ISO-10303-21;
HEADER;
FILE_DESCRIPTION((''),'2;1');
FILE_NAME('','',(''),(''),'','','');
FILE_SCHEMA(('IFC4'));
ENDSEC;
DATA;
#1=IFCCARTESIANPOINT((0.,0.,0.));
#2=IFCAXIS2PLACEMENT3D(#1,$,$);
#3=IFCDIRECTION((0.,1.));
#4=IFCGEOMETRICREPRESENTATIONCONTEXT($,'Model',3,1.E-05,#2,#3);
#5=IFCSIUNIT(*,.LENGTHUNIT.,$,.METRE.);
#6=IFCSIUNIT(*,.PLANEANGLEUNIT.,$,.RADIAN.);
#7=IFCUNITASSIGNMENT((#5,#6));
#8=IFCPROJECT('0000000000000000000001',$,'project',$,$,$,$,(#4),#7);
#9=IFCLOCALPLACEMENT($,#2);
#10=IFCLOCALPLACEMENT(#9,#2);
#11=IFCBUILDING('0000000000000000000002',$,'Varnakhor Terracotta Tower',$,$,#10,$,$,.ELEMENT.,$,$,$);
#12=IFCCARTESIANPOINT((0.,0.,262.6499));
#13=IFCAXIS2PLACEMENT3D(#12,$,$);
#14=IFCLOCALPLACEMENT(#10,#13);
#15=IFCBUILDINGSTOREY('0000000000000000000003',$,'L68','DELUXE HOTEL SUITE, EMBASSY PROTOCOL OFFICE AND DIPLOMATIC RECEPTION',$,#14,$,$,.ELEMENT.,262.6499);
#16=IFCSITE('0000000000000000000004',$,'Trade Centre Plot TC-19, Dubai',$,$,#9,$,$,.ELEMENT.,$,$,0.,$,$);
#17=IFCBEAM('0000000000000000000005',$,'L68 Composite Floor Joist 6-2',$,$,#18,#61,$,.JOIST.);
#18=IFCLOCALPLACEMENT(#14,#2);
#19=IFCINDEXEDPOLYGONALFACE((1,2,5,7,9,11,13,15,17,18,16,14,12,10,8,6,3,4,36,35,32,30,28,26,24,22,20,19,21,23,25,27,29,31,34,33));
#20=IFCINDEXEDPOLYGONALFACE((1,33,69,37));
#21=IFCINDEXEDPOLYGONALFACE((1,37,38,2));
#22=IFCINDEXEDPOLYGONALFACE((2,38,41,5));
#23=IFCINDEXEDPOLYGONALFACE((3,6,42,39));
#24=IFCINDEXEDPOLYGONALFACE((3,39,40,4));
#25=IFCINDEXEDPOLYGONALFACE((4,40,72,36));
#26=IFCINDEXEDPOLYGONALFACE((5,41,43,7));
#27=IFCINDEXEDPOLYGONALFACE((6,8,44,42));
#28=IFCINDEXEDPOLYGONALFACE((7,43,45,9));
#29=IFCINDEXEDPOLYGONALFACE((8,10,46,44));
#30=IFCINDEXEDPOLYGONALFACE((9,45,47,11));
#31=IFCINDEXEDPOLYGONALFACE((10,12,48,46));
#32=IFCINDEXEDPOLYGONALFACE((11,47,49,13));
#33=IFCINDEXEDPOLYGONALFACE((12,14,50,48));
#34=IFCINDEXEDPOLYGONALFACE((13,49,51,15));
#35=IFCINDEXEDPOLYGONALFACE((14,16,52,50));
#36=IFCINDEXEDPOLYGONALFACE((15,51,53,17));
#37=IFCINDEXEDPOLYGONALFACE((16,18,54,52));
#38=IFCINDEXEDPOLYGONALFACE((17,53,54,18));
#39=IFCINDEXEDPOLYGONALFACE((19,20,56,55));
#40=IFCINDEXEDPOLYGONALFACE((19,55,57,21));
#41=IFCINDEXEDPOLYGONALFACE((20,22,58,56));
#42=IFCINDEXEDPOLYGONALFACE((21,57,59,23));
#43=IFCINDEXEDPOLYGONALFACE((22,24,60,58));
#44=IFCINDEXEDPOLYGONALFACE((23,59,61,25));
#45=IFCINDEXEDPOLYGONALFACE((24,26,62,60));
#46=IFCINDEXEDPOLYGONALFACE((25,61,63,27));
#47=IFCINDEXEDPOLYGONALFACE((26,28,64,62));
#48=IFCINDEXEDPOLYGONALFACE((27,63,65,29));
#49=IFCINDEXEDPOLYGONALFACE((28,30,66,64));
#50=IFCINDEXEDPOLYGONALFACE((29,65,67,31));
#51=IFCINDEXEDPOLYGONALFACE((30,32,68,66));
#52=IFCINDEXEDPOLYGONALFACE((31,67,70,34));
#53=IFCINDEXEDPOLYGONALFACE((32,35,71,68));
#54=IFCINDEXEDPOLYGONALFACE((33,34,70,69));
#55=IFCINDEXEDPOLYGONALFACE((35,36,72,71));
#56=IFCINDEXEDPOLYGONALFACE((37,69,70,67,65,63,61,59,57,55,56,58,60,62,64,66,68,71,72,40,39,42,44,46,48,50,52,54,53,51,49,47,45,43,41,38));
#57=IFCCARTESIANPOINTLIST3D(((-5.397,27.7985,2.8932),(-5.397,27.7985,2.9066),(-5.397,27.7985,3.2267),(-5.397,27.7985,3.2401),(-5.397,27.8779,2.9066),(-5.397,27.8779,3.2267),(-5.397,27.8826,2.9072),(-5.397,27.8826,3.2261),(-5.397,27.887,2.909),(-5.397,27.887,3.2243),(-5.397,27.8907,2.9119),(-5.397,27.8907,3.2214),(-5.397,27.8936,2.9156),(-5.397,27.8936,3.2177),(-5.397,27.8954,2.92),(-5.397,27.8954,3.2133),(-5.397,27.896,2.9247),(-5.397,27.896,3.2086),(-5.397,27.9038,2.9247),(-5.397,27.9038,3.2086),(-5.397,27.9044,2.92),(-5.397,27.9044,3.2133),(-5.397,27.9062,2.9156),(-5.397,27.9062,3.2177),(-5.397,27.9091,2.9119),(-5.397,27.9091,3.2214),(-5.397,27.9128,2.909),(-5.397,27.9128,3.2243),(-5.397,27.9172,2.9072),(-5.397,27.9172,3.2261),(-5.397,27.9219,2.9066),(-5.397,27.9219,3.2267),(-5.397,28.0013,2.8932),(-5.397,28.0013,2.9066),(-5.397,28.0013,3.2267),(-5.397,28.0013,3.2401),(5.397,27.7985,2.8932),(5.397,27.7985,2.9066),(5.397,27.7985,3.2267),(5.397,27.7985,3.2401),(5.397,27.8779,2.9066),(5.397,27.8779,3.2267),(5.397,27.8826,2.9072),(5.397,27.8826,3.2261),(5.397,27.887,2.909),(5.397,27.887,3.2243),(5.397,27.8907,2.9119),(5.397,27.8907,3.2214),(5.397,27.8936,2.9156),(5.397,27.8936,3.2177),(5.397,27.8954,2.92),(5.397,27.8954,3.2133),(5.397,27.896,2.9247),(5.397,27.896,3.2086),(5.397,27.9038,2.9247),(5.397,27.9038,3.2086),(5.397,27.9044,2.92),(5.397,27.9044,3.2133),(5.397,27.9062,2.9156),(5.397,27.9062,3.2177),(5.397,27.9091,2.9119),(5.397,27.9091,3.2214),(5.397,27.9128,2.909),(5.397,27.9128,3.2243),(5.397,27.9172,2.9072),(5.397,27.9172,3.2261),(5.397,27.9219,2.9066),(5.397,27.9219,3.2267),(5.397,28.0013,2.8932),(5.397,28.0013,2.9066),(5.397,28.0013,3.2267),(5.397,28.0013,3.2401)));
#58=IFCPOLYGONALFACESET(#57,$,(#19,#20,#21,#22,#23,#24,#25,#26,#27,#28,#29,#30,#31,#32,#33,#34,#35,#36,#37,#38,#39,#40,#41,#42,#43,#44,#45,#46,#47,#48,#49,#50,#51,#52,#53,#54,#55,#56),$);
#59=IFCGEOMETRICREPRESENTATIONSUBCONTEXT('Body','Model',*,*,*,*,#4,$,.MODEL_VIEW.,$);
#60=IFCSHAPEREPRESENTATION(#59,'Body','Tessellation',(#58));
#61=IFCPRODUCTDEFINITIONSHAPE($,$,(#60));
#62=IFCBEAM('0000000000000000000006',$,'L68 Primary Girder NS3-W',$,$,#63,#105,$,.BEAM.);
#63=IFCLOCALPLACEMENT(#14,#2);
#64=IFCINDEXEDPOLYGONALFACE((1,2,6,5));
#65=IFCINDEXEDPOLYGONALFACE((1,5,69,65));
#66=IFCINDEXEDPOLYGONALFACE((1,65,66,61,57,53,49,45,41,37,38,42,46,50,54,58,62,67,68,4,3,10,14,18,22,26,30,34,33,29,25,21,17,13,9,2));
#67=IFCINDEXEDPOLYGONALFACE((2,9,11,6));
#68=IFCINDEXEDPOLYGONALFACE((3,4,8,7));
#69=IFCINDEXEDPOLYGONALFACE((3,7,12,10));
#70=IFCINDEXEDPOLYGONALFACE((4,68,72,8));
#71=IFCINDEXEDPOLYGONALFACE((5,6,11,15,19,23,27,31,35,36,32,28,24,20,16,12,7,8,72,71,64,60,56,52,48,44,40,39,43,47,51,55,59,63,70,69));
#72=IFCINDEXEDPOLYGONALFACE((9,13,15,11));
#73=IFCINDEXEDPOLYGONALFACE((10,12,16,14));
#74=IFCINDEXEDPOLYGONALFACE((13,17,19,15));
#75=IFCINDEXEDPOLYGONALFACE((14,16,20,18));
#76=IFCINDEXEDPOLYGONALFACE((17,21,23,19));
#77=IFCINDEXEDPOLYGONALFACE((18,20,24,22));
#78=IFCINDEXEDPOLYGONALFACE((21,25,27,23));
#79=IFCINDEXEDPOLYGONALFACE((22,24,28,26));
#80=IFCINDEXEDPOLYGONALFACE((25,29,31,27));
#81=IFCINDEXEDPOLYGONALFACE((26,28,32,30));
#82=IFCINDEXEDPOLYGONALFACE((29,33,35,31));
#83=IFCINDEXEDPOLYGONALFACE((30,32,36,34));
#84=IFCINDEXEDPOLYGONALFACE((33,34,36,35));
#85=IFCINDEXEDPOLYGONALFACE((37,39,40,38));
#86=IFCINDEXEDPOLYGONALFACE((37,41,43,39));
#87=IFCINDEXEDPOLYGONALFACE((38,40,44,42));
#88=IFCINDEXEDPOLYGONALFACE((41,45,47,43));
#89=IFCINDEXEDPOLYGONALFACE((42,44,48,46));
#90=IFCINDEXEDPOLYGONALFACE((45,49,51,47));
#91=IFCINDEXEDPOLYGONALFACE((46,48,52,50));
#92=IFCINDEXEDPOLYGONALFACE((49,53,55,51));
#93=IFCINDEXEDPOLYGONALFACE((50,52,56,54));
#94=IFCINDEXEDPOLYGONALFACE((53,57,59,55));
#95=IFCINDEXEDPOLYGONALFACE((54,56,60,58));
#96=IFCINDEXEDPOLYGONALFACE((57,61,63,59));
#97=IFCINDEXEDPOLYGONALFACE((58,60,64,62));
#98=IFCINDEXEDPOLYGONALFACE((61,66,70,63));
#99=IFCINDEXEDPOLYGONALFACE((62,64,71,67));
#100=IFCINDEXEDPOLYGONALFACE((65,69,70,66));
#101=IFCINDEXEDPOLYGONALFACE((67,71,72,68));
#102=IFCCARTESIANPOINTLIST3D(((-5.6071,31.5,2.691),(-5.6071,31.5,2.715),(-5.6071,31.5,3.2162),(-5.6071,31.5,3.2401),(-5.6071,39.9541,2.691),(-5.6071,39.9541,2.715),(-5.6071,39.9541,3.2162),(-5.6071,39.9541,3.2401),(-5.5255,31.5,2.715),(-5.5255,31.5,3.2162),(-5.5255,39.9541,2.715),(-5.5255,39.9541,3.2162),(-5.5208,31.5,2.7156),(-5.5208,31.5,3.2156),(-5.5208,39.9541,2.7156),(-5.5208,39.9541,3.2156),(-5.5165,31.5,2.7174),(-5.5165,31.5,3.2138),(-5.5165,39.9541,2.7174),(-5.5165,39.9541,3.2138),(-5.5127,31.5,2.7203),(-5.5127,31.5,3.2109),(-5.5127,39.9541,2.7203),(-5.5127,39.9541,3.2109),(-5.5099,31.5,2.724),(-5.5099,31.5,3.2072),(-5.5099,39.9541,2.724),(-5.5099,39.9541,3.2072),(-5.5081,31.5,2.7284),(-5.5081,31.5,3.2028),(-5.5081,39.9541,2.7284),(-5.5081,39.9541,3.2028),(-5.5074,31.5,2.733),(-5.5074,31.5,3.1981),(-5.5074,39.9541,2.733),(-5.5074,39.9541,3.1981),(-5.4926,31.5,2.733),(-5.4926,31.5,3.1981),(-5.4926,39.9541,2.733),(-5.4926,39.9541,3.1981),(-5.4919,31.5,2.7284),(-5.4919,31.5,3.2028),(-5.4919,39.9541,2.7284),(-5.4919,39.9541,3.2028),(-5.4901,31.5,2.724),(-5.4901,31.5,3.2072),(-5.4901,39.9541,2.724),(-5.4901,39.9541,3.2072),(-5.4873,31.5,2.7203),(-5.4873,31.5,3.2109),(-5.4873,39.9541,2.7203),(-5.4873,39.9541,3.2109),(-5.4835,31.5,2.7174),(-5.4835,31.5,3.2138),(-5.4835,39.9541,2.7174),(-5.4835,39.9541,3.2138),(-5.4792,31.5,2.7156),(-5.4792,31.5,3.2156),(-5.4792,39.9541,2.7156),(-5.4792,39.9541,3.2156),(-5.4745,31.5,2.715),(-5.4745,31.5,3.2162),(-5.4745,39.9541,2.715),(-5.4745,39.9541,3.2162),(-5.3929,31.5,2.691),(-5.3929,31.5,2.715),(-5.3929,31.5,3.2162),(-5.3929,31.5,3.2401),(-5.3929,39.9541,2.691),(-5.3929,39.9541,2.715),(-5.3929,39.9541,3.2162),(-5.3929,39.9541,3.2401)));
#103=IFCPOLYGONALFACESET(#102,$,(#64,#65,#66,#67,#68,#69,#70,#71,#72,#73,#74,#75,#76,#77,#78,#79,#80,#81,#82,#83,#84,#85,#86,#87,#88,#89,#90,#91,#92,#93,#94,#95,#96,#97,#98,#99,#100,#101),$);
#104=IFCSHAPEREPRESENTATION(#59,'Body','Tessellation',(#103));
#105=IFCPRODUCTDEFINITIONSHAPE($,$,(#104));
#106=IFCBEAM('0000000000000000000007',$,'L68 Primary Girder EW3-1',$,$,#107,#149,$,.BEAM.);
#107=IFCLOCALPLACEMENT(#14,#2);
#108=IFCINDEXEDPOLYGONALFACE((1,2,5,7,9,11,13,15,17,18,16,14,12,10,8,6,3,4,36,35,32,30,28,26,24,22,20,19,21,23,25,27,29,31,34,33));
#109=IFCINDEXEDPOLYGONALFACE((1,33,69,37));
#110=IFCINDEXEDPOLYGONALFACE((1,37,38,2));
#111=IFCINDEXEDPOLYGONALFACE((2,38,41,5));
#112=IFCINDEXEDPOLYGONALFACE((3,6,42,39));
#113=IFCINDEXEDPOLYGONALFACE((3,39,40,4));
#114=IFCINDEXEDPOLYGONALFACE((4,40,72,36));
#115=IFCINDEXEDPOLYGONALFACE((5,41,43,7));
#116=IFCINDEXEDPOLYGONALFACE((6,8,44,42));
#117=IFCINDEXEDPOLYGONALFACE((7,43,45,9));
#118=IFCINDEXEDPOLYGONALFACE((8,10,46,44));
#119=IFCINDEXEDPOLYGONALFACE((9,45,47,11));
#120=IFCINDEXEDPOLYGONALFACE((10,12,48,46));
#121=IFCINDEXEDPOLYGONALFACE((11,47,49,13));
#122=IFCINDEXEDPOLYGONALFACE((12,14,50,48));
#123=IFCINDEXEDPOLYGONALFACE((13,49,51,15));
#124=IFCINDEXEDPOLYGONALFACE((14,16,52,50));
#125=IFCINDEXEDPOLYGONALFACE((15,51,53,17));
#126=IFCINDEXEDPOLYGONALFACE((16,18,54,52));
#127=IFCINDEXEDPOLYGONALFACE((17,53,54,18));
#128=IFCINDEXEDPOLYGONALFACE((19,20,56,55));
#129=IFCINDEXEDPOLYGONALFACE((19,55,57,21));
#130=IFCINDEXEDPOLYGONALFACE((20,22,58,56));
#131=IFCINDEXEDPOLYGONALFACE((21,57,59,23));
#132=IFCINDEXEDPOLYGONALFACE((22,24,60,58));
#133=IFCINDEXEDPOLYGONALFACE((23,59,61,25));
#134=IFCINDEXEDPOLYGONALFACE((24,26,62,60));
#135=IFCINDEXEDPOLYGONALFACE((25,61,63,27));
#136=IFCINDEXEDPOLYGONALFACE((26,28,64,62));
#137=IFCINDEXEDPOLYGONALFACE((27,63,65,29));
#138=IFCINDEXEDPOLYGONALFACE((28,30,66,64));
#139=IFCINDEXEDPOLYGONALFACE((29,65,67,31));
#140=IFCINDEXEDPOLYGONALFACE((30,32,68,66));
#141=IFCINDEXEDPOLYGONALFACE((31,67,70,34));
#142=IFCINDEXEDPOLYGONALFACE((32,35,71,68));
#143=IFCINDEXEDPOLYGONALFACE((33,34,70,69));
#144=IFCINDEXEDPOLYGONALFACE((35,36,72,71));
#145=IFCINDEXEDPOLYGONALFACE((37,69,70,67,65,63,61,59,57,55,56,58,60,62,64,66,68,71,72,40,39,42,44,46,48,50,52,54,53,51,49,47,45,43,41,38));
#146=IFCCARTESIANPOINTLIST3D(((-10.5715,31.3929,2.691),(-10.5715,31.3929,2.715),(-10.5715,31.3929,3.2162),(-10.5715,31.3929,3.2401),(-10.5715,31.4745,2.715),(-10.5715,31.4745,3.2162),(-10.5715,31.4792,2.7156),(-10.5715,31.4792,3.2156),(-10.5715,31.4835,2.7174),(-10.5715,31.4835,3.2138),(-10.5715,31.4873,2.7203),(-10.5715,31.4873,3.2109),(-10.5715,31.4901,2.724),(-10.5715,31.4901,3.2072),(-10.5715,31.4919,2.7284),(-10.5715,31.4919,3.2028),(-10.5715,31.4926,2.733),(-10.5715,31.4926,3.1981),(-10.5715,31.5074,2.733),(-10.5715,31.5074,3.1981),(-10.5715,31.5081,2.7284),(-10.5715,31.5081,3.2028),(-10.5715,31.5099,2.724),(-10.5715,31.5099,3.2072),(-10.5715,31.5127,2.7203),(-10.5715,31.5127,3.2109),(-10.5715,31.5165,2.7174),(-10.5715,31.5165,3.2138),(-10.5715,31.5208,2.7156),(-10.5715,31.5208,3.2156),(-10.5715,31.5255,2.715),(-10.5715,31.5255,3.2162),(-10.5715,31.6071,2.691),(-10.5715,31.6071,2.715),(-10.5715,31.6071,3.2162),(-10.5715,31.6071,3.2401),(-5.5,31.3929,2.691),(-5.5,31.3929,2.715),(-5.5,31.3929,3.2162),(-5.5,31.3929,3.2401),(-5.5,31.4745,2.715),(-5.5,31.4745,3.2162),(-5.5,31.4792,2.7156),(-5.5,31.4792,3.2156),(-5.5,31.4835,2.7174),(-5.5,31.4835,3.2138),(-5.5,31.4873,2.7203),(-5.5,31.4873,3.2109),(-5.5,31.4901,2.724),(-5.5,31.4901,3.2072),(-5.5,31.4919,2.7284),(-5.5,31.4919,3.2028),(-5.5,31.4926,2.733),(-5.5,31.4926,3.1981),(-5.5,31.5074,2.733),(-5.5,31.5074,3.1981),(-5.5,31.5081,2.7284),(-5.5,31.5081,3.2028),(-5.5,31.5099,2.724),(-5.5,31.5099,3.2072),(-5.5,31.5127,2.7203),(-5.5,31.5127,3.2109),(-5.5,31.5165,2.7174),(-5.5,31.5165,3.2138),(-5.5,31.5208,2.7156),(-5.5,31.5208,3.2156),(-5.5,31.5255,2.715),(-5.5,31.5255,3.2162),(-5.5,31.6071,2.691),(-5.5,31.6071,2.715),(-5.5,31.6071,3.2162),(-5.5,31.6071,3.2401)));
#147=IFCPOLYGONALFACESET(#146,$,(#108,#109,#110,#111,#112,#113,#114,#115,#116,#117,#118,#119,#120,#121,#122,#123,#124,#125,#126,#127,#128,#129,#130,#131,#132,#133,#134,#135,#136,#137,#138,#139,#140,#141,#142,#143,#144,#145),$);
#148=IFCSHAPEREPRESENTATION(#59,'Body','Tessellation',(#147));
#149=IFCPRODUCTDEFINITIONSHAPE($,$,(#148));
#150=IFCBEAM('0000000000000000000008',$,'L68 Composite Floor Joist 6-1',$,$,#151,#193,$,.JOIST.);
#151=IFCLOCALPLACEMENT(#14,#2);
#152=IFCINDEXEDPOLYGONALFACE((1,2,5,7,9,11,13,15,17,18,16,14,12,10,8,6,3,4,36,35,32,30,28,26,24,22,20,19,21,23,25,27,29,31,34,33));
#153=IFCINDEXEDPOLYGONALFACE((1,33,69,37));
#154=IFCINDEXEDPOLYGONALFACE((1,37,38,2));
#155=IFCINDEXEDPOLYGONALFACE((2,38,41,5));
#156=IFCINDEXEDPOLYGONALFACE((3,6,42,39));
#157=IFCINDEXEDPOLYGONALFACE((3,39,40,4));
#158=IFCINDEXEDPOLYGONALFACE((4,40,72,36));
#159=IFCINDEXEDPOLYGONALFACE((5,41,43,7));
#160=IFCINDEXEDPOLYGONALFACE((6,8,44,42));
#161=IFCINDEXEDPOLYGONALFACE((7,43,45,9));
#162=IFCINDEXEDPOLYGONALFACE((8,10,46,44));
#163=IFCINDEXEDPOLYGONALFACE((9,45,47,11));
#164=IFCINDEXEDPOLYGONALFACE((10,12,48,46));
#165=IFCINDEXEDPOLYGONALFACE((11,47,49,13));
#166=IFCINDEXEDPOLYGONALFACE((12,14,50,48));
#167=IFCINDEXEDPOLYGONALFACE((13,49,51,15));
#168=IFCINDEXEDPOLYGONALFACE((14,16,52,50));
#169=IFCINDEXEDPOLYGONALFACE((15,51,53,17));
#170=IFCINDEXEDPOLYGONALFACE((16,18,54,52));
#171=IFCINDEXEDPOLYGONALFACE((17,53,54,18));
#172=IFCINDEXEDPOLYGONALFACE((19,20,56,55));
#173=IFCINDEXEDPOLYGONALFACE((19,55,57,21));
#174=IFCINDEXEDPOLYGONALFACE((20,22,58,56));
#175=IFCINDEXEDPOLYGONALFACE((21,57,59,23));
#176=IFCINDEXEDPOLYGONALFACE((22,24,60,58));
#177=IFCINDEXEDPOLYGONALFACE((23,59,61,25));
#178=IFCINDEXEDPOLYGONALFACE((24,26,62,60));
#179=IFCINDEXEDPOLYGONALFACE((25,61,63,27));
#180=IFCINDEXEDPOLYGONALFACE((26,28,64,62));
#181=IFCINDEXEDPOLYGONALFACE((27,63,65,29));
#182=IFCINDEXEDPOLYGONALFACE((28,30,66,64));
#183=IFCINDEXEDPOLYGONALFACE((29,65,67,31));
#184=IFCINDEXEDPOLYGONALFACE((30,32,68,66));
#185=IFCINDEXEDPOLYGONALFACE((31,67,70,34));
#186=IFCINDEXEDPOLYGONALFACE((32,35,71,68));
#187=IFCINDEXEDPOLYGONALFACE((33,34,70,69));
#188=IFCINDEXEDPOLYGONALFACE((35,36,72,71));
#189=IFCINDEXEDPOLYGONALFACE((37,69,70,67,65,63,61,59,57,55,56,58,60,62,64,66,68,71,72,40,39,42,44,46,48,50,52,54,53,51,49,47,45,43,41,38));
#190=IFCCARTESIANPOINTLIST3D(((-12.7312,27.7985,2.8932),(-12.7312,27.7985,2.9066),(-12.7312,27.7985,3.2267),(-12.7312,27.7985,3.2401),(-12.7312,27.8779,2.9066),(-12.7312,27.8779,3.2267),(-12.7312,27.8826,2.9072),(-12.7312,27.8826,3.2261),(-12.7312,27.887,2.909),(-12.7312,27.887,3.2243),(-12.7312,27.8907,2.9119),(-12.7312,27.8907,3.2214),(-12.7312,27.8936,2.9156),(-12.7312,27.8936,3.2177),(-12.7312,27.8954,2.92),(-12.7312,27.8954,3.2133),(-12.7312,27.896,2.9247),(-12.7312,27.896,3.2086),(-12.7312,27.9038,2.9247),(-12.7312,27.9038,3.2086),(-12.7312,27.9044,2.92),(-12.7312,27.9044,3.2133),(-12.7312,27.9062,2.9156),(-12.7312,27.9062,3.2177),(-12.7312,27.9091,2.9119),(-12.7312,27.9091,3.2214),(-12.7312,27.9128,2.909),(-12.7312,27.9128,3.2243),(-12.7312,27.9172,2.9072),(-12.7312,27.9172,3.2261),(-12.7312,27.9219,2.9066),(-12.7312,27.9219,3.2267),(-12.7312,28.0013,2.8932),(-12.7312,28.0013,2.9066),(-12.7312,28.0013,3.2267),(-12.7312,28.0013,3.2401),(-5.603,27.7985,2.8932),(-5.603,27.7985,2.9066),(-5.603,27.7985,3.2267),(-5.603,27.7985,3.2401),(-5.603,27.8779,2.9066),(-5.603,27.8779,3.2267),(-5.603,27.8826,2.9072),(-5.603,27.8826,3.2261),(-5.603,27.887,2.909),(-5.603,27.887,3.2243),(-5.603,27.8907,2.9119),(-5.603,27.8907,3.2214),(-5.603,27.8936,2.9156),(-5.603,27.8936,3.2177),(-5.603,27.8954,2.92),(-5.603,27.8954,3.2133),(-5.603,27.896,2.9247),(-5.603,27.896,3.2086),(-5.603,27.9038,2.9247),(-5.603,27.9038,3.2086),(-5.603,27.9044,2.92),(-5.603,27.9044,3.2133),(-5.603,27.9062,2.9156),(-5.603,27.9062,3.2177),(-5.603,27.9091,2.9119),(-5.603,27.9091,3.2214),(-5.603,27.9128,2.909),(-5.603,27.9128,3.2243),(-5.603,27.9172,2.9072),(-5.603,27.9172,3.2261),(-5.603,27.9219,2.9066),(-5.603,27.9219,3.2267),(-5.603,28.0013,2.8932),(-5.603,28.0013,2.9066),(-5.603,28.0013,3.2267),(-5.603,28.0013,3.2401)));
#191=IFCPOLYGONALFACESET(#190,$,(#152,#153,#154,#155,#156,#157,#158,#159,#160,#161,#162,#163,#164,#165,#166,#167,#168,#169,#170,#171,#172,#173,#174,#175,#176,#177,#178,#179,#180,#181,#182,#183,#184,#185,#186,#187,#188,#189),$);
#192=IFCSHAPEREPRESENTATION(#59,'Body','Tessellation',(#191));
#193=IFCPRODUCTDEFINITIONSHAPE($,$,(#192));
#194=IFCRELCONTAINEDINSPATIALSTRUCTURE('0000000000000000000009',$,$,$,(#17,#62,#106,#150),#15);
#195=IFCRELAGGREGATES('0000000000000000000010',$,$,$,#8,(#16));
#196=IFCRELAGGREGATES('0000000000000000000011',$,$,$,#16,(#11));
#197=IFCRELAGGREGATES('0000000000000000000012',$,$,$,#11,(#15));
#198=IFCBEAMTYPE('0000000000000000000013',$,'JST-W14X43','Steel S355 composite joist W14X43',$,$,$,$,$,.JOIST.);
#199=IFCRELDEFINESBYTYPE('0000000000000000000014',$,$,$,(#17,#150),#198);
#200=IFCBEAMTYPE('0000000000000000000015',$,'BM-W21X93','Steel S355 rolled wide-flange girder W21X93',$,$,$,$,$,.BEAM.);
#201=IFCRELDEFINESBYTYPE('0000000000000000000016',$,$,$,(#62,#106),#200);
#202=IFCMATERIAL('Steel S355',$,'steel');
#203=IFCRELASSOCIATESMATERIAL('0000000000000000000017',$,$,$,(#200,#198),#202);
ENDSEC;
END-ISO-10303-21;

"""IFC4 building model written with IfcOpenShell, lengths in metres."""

from ifc_helpers import new_model, si_unit, direction, frame, origin, origin_2d, place, context, subcontext, project, spatial, i_section, extrude, source, transform, mapped, material, material_profile, profile_set, type_object, element, save


model = new_model("IFC4")

# Units and contexts
model_context = context("Model", 3, precision=1e-05, world=origin(), true_north=direction((0.0, 1.0)))
body_context = subcontext(model_context, "Body", "Model", "MODEL_VIEW")
ifc_project = project(units=[si_unit("LENGTHUNIT", "METRE"), si_unit("PLANEANGLEUNIT", "RADIAN")], contexts=[model_context])

# Site, building, storey
site_placement = place(None, origin())
site = spatial("IfcSite", under=ifc_project, at=site_placement, Name="Trade Centre Plot TC-19, Dubai", CompositionType="ELEMENT", RefElevation=0.0)
building_placement = place(site_placement, origin())
building = spatial("IfcBuilding", under=site, at=building_placement, Name="Varnakhor Terracotta Tower", CompositionType="ELEMENT")
storey_placement = place(building_placement, frame((0.0, 0.0, 262.6499)))
storey = spatial("IfcBuildingStorey", under=building, at=storey_placement, Name="L68", Description="DELUXE HOTEL SUITE, EMBASSY PROTOCOL OFFICE AND DIPLOMATIC RECEPTION", CompositionType="ELEMENT", Elevation=262.6499)

# Beams
ifc_material_1 = material(Name="Steel S355", Category="steel")
ifc_material_profile_1 = material_profile(ifc_material_1, i_section(OverallWidth=0.2141, OverallDepth=0.5491, WebThickness=0.0149, FlangeThickness=0.0239, FilletRadius=0.0181, at=origin_2d()), Name="W21X93")
ifc_profile_set_1 = profile_set([ifc_material_profile_1], Name="Steel S355")
beam_type_1 = type_object("IfcBeamType", Name="BM-W21X93", Description="Steel S355 rolled wide-flange girder W21X93", PredefinedType="BEAM", material=ifc_profile_set_1)
ifc_material_profile_2 = material_profile(ifc_material_1, i_section(OverallWidth=0.2029, OverallDepth=0.3469, WebThickness=0.0078, FlangeThickness=0.0134, FilletRadius=0.0181, at=origin_2d()), Name="W14X43")
ifc_profile_set_2 = profile_set([ifc_material_profile_2], Name="Steel S355")
beam_type_2 = type_object("IfcBeamType", Name="JST-W14X43", Description="Steel S355 composite joist W14X43", PredefinedType="JOIST", material=ifc_profile_set_2)
shared_shape_1 = source(origin(), body_context, "Body", "SweptSolid", [
    extrude(i_section(OverallWidth=0.2029, OverallDepth=0.3469, WebThickness=0.0078, FlangeThickness=0.0134, FilletRadius=0.0181, at=origin_2d()), origin(), (0.0, 0.0, 1.0), 10.7939),
])
beam_1_placement = place(storey_placement, frame((-5.397, 27.8999, 3.0667), z_axis=(1.0, 0.0, 0.0), x_axis=(0.0, 1.0, 0.0)))
element("IfcBeam", 1, at=beam_1_placement, inside=storey, type_object=beam_type_2, Name="L68 Composite Floor Joist 6-2", PredefinedType="JOIST", context=body_context, shape_type="MappedRepresentation", body=[
    mapped(shared_shape_1, transform((0.0, 0.0, 0.0), scale=1.0)),
])
shared_shape_2 = source(origin(), body_context, "Body", "SweptSolid", [
    extrude(i_section(OverallWidth=0.2141, OverallDepth=0.5491, WebThickness=0.0149, FlangeThickness=0.0239, FilletRadius=0.0181, at=origin_2d()), origin(), (0.0, 0.0, 1.0), 8.4541),
])
beam_2_placement = place(storey_placement, frame((-5.5, 31.5, 2.9656), z_axis=(0.0, 1.0, 0.0), x_axis=(-1.0, 0.0, 0.0)))
element("IfcBeam", 2, at=beam_2_placement, inside=storey, type_object=beam_type_1, Name="L68 Primary Girder NS3-W", PredefinedType="BEAM", context=body_context, shape_type="MappedRepresentation", body=[
    mapped(shared_shape_2, transform((0.0, 0.0, 0.0), scale=1.0)),
])
shared_shape_3 = source(origin(), body_context, "Body", "SweptSolid", [
    extrude(i_section(OverallWidth=0.2141, OverallDepth=0.5491, WebThickness=0.0149, FlangeThickness=0.0239, FilletRadius=0.0181, at=origin_2d()), origin(), (0.0, 0.0, 1.0), 5.0715),
])
beam_3_placement = place(storey_placement, frame((-10.5715, 31.5, 2.9656), z_axis=(1.0, 0.0, 0.0), x_axis=(0.0, 1.0, 0.0)))
element("IfcBeam", 3, at=beam_3_placement, inside=storey, type_object=beam_type_1, Name="L68 Primary Girder EW3-1", PredefinedType="BEAM", context=body_context, shape_type="MappedRepresentation", body=[
    mapped(shared_shape_3, transform((0.0, 0.0, 0.0), scale=1.0)),
])
shared_shape_4 = source(origin(), body_context, "Body", "SweptSolid", [
    extrude(i_section(OverallWidth=0.2029, OverallDepth=0.3469, WebThickness=0.0078, FlangeThickness=0.0134, FilletRadius=0.0181, at=origin_2d()), origin(), (0.0, 0.0, 1.0), 7.1282),
])
beam_4_placement = place(storey_placement, frame((-12.7312, 27.8999, 3.0667), z_axis=(1.0, 0.0, 0.0), x_axis=(0.0, 1.0, 0.0)))
element("IfcBeam", 4, at=beam_4_placement, inside=storey, type_object=beam_type_2, Name="L68 Composite Floor Joist 6-1", PredefinedType="JOIST", context=body_context, shape_type="MappedRepresentation", body=[
    mapped(shared_shape_4, transform((0.0, 0.0, 0.0), scale=1.0)),
])

save(model, "model.ifc")
